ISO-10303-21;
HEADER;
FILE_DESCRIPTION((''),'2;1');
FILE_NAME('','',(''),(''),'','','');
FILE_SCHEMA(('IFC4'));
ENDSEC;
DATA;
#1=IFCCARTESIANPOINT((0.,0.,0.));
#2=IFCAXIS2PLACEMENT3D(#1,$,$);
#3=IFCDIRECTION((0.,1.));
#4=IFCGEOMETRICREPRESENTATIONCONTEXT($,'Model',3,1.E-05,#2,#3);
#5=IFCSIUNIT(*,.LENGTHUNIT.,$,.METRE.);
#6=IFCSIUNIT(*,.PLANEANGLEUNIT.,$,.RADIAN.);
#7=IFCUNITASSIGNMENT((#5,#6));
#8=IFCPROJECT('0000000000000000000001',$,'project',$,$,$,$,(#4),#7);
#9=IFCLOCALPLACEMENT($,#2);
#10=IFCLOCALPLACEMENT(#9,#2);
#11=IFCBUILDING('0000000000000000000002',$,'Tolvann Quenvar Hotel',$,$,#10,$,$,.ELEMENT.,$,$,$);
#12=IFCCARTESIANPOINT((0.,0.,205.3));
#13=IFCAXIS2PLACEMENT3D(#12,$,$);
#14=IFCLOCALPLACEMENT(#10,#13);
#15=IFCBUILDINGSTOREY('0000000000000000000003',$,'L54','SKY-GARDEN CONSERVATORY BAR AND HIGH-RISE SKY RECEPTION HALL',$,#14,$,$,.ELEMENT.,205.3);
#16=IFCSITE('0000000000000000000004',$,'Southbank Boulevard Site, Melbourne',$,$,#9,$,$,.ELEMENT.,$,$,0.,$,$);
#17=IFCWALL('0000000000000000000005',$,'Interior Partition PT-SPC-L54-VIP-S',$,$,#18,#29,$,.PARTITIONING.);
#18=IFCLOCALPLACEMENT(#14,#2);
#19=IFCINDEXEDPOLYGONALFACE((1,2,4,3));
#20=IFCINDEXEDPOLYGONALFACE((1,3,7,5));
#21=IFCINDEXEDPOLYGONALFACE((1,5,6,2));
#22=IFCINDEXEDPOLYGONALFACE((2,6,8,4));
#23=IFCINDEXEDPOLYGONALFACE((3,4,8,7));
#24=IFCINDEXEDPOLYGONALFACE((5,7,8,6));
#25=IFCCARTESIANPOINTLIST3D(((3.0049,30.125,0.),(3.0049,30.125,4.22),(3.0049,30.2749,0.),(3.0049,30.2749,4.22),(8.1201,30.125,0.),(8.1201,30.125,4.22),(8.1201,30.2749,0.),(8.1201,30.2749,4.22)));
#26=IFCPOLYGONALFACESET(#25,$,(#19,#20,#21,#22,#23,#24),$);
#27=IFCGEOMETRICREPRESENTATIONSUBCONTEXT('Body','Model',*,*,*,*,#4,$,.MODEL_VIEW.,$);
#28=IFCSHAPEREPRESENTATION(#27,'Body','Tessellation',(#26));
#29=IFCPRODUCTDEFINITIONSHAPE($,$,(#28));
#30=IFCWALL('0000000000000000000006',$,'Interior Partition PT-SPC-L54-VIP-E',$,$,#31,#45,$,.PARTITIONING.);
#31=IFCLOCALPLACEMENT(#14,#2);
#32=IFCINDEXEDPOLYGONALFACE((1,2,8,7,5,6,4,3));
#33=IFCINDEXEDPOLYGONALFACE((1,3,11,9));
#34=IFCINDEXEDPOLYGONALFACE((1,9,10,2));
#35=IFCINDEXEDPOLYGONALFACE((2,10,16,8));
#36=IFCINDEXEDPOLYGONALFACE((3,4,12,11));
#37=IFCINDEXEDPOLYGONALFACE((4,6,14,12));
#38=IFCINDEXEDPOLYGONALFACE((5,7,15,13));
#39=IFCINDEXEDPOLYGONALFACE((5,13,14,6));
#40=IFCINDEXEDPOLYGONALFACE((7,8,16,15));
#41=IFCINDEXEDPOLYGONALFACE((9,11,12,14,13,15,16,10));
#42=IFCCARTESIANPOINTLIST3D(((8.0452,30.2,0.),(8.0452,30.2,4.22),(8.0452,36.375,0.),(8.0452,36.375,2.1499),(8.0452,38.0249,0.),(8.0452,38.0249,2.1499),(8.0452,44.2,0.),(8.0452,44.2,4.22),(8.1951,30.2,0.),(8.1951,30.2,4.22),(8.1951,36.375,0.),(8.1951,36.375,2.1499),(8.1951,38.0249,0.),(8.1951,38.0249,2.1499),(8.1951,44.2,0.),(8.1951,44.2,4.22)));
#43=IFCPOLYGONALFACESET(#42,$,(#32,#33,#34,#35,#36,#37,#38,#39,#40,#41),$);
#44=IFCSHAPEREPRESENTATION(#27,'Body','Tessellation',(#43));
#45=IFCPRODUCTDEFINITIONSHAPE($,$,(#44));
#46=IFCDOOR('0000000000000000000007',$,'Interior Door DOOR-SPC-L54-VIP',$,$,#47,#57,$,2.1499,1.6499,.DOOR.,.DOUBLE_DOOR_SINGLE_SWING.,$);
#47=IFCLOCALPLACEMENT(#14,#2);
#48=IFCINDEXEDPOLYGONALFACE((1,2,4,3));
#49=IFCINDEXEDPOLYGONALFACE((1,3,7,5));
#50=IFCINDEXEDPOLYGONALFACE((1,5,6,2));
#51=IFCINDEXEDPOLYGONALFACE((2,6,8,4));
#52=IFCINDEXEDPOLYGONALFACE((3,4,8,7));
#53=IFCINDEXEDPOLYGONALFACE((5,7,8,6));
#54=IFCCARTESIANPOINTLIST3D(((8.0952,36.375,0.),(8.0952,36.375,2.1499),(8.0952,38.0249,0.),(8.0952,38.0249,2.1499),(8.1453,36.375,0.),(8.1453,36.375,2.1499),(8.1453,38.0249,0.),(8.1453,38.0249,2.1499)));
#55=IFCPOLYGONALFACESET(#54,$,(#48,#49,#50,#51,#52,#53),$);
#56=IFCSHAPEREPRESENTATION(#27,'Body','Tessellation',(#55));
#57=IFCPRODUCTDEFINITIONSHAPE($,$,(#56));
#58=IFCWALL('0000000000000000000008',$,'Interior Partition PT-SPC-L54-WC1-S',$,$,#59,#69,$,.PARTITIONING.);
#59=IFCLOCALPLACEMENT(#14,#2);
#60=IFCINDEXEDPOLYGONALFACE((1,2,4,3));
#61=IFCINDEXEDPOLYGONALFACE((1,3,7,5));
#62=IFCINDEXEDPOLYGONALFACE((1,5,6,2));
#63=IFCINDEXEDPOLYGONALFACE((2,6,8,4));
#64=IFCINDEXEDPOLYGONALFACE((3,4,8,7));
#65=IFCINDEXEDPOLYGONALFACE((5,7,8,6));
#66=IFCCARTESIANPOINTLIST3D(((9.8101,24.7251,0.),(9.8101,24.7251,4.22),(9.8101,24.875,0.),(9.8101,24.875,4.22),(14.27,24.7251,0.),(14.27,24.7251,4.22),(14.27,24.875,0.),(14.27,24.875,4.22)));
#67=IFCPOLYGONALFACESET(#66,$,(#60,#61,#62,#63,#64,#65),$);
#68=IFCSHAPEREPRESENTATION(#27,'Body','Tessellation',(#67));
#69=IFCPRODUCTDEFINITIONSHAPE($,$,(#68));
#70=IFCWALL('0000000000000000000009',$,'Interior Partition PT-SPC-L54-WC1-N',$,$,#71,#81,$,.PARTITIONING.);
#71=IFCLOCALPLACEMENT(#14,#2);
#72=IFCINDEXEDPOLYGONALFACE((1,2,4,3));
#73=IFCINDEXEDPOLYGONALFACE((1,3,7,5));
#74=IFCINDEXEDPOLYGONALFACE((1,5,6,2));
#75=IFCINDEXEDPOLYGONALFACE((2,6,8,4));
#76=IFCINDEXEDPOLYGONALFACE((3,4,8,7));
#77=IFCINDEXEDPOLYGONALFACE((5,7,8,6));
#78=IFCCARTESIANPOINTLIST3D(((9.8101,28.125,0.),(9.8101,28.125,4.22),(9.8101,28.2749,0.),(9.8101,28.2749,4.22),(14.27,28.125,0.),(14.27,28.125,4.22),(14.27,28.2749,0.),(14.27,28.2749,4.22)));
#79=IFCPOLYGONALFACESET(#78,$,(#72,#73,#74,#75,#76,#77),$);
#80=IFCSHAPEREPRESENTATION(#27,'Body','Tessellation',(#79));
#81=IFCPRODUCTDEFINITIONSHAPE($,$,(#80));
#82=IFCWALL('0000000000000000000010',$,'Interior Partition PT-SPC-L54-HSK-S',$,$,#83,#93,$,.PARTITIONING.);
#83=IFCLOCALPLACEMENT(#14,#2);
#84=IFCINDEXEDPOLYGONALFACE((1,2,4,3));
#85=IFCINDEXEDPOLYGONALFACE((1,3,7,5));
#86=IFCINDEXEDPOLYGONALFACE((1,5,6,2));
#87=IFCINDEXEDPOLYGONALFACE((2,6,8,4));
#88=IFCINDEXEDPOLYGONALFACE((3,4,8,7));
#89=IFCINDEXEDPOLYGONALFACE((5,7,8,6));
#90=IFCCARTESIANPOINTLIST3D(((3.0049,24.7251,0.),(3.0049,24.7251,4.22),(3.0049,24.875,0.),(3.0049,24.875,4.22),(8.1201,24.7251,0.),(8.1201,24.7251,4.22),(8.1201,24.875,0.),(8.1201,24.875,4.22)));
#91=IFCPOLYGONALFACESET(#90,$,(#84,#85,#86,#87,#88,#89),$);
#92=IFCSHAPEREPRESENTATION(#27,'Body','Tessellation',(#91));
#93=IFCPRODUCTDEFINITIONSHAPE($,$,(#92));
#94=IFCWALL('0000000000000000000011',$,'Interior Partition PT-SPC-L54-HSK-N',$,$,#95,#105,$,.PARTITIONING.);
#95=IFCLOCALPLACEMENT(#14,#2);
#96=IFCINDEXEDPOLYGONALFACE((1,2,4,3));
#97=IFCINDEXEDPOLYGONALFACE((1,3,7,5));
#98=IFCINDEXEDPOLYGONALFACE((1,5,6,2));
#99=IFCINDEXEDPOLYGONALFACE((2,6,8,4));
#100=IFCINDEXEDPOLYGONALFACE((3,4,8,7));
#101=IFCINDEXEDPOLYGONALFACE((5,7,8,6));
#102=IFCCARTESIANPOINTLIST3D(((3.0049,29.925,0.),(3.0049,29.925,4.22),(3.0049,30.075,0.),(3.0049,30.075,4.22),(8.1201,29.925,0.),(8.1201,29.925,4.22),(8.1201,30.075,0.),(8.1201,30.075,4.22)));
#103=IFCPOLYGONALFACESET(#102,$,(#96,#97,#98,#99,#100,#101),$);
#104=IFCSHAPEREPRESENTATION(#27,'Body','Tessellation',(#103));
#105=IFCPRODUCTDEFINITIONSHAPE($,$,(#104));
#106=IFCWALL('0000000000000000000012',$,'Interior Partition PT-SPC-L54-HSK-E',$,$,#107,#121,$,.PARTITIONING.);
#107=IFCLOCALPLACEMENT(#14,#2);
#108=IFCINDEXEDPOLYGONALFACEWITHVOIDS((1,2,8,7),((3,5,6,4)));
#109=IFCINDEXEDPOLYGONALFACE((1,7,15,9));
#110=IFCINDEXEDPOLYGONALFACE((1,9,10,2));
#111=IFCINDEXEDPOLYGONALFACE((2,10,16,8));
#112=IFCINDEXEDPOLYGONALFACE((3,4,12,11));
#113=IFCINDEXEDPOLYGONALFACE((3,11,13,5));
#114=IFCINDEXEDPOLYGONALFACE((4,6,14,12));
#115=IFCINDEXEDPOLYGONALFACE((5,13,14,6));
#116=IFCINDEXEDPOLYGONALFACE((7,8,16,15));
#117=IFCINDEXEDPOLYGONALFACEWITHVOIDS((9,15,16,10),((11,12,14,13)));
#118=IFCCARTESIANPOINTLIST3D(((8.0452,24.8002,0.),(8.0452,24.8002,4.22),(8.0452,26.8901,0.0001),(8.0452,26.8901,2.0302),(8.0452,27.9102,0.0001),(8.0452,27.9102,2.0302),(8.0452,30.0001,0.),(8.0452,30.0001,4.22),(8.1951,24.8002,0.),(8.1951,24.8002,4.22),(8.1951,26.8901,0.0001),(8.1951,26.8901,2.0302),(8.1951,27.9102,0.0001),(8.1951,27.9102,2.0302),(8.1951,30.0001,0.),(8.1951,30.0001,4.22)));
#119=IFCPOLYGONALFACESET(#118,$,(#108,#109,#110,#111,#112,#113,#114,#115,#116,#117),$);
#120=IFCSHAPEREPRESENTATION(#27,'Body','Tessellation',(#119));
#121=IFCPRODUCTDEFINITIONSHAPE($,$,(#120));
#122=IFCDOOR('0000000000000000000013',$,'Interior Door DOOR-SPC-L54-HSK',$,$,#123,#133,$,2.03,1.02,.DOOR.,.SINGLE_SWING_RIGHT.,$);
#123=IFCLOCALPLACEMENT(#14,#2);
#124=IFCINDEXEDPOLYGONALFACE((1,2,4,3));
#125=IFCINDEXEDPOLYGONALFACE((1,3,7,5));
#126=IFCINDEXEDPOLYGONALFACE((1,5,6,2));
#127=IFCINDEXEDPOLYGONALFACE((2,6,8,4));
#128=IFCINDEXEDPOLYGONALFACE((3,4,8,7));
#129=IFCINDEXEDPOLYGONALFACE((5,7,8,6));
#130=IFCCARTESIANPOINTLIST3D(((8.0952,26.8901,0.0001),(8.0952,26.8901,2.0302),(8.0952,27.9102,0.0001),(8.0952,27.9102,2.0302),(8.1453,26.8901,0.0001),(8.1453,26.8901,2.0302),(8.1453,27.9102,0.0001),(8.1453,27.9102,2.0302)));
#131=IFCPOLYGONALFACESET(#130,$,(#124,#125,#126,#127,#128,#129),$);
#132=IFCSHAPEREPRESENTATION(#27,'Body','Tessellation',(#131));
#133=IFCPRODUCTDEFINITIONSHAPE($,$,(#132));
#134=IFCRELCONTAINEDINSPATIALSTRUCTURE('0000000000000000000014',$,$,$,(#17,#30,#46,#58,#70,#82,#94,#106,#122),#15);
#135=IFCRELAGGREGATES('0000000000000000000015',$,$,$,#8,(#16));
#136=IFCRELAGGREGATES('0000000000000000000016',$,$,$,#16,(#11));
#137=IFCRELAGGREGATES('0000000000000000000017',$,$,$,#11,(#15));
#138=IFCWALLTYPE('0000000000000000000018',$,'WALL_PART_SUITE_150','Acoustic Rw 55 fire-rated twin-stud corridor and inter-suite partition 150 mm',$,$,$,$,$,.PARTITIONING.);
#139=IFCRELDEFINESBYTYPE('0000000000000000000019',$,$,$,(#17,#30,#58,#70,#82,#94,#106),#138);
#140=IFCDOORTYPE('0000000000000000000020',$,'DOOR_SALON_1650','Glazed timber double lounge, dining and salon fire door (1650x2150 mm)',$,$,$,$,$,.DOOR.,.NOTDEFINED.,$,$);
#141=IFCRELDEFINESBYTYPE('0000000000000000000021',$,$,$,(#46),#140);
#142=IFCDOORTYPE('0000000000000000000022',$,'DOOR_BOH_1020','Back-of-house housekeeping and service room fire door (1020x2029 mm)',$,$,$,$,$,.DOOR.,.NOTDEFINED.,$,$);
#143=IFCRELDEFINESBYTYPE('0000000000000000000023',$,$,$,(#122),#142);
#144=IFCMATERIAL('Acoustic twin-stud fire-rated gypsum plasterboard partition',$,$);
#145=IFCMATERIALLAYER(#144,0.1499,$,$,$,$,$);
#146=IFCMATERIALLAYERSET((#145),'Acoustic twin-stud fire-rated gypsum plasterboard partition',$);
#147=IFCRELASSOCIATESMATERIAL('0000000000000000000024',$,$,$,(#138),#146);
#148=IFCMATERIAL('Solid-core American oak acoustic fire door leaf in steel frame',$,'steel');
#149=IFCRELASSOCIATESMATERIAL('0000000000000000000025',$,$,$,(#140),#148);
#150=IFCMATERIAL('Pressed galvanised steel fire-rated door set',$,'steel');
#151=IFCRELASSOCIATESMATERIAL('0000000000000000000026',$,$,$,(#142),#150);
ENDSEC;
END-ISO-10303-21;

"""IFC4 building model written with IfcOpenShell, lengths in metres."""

from ifc_helpers import new_model, si_unit, direction, frame, frame_2d, origin, place, context, subcontext, project, spatial, rectangle, extrude, source, transform, mapped, material, layer, layer_set, type_object, type_shapes, element, fill, save


model = new_model("IFC4")

# Units and contexts
model_context = context("Model", 3, precision=1e-05, world=origin(), true_north=direction((0.0, 1.0)))
body_context = subcontext(model_context, "Body", "Model", "MODEL_VIEW")
ifc_project = project(units=[si_unit("LENGTHUNIT", "METRE"), si_unit("PLANEANGLEUNIT", "RADIAN")], contexts=[model_context])

# Site, building, storey
site_placement = place(None, origin())
site = spatial("IfcSite", under=ifc_project, at=site_placement, Name="Southbank Boulevard Site, Melbourne", CompositionType="ELEMENT", RefElevation=0.0)
building_placement = place(site_placement, origin())
building = spatial("IfcBuilding", under=site, at=building_placement, Name="Tolvann Quenvar Hotel", CompositionType="ELEMENT")
storey_placement = place(building_placement, frame((0.0, 0.0, 205.3)))
storey = spatial("IfcBuildingStorey", under=building, at=storey_placement, Name="L54", Description="SKY-GARDEN CONSERVATORY BAR AND HIGH-RISE SKY RECEPTION HALL", CompositionType="ELEMENT", Elevation=205.3)

# Wall
ifc_material_1 = material(Name="Acoustic twin-stud fire-rated gypsum plasterboard partition")
ifc_layer = layer(ifc_material_1, 0.1499)
ifc_layer_set = layer_set([ifc_layer], Name="Acoustic twin-stud fire-rated gypsum plasterboard partition")
wall_type = type_object("IfcWallType", Name="WALL_PART_SUITE_150", Description="Acoustic Rw 55 fire-rated twin-stud corridor and inter-suite partition 150 mm", PredefinedType="PARTITIONING", material=ifc_layer_set)
wall_1_placement = place(storey_placement, frame((3.0049, 30.2, 0.0), z_axis=(0.0, 0.0, 1.0), x_axis=(1.0, 0.0, 0.0)))
element("IfcWall", 1, at=wall_1_placement, inside=storey, type_object=wall_type, Name="Interior Partition PT-SPC-L54-VIP-S", PredefinedType="PARTITIONING", context=body_context, shape_type="SweptSolid", body=[
    extrude(rectangle(XDim=5.1152, YDim=0.1499, at=frame_2d((2.5576, 0.0))), origin(), (0.0, 0.0, 1.0), 4.22),
])

# Wall, opening, door
wall_2_placement = place(storey_placement, frame((8.1201, 30.2, 0.0), z_axis=(0.0, 0.0, 1.0), x_axis=(0.0, 1.0, 0.0)))
wall_2 = element("IfcWall", 2, at=wall_2_placement, inside=storey, type_object=wall_type, Name="Interior Partition PT-SPC-L54-VIP-E", PredefinedType="PARTITIONING", context=body_context, shape_type="SweptSolid", body=[
    extrude(rectangle(XDim=14.0, YDim=0.1499, at=frame_2d((7.0, 0.0))), origin(), (0.0, 0.0, 1.0), 4.22),
])
opening_1_placement = place(wall_2_placement, frame((6.175, 0.0, 0.0)))
opening_1 = element("IfcOpeningElement", 3, at=opening_1_placement, cuts=wall_2, PredefinedType="OPENING", context=body_context, shape_type="SweptSolid", body=[
    extrude(rectangle(XDim=1.6499, YDim=2.1499, at=frame_2d((0.825, 1.075))), frame((0.0, 0.085, 0.0), z_axis=(0.0, -1.0, 0.0), x_axis=(1.0, 0.0, 0.0)), (0.0, 0.0, 1.0), 0.1699),
])
ifc_material_2 = material(Name="Solid-core American oak acoustic fire door leaf in steel frame", Category="steel")
door_type_1 = type_object("IfcDoorType", Name="DOOR_SALON_1650", Description="Glazed timber double lounge, dining and salon fire door (1650x2150 mm)", OperationType="NOTDEFINED", PredefinedType="DOOR", material=ifc_material_2)
shared_shape_1 = source(origin(), body_context, "Body", "SweptSolid", [
    extrude(rectangle(XDim=1.6499, YDim=2.1499, at=frame_2d((0.825, 1.075))), frame((0.0, 0.0249, 0.0), z_axis=(0.0, -1.0, 0.0), x_axis=(1.0, 0.0, 0.0)), (0.0, 0.0, 1.0), 0.05),
])
type_shapes(door_type_1, [shared_shape_1])
door_1_placement = place(opening_1_placement, origin())
door_1 = element("IfcDoor", 4, at=door_1_placement, inside=storey, type_object=door_type_1, Name="Interior Door DOOR-SPC-L54-VIP", OperationType="DOUBLE_DOOR_SINGLE_SWING", OverallHeight=2.1499, OverallWidth=1.6499, PredefinedType="DOOR", context=body_context, shape_type="MappedRepresentation", body=[
    mapped(shared_shape_1, transform((0.0, 0.0, 0.0), x_axis=(1.0, 0.0, 0.0), y_axis=(0.0, 1.0, 0.0), z_axis=(0.0, 0.0, 1.0), scale=1.0)),
])
fill(opening_1, door_1)

# Walls
for number, where, z_axis, x_axis, name in (
    (5, (9.8101, 24.8, 0.0), (0.0, 0.0, 1.0), (1.0, 0.0, 0.0), "Interior Partition PT-SPC-L54-WC1-S"),
    (6, (9.8101, 28.2, 0.0), (0.0, 0.0, 1.0), (1.0, 0.0, 0.0), "Interior Partition PT-SPC-L54-WC1-N"),
):
    element("IfcWall", number, at=place(storey_placement, frame(where, z_axis=z_axis, x_axis=x_axis)), inside=storey, type_object=wall_type, Name=name, PredefinedType="PARTITIONING", context=body_context, shape_type="SweptSolid", body=[
        extrude(rectangle(XDim=4.46, YDim=0.1499, at=frame_2d((2.23, 0.0))), origin(), (0.0, 0.0, 1.0), 4.22),
    ])
for number, where, z_axis, x_axis, name in (
    (7, (3.0049, 24.8, 0.0), (0.0, 0.0, 1.0), (1.0, 0.0, 0.0), "Interior Partition PT-SPC-L54-HSK-S"),
    (8, (3.0049, 30.0, 0.0), (0.0, 0.0, 1.0), (1.0, 0.0, 0.0), "Interior Partition PT-SPC-L54-HSK-N"),
):
    element("IfcWall", number, at=place(storey_placement, frame(where, z_axis=z_axis, x_axis=x_axis)), inside=storey, type_object=wall_type, Name=name, PredefinedType="PARTITIONING", context=body_context, shape_type="SweptSolid", body=[
        extrude(rectangle(XDim=5.1152, YDim=0.1499, at=frame_2d((2.5576, 0.0))), origin(), (0.0, 0.0, 1.0), 4.22),
    ])

# Wall, opening, door
wall_3_placement = place(storey_placement, frame((8.1201, 24.8, 0.0), z_axis=(0.0, 0.0, 1.0), x_axis=(0.0, 1.0, 0.0)))
wall_3 = element("IfcWall", 9, at=wall_3_placement, inside=storey, type_object=wall_type, Name="Interior Partition PT-SPC-L54-HSK-E", PredefinedType="PARTITIONING", context=body_context, shape_type="SweptSolid", body=[
    extrude(rectangle(XDim=5.2, YDim=0.1499, at=frame_2d((2.6001, 0.0))), origin(), (0.0, 0.0, 1.0), 4.22),
])
opening_2_placement = place(wall_3_placement, frame((2.0901, 0.0, 0.0)))
opening_2 = element("IfcOpeningElement", 10, at=opening_2_placement, cuts=wall_3, PredefinedType="OPENING", context=body_context, shape_type="SweptSolid", body=[
    extrude(rectangle(XDim=1.02, YDim=2.03, at=frame_2d((0.51, 1.0151))), frame((0.0, 0.085, 0.0), z_axis=(0.0, -1.0, 0.0), x_axis=(1.0, 0.0, 0.0)), (0.0, 0.0, 1.0), 0.1699),
])
ifc_material_3 = material(Name="Pressed galvanised steel fire-rated door set", Category="steel")
door_type_2 = type_object("IfcDoorType", Name="DOOR_BOH_1020", Description="Back-of-house housekeeping and service room fire door (1020x2029 mm)", OperationType="NOTDEFINED", PredefinedType="DOOR", material=ifc_material_3)
shared_shape_2 = source(origin(), body_context, "Body", "SweptSolid", [
    extrude(rectangle(XDim=1.02, YDim=2.03, at=frame_2d((0.51, 1.0151))), frame((0.0, 0.0249, 0.0), z_axis=(0.0, -1.0, 0.0), x_axis=(1.0, 0.0, 0.0)), (0.0, 0.0, 1.0), 0.05),
])
type_shapes(door_type_2, [shared_shape_2])
door_2_placement = place(opening_2_placement, origin())
door_2 = element("IfcDoor", 11, at=door_2_placement, inside=storey, type_object=door_type_2, Name="Interior Door DOOR-SPC-L54-HSK", OperationType="SINGLE_SWING_RIGHT", OverallHeight=2.03, OverallWidth=1.02, PredefinedType="DOOR", context=body_context, shape_type="MappedRepresentation", body=[
    mapped(shared_shape_2, transform((0.0, 0.0, 0.0), x_axis=(1.0, 0.0, 0.0), y_axis=(0.0, 1.0, 0.0), z_axis=(0.0, 0.0, 1.0), scale=1.0)),
])
fill(opening_2, door_2)

save(model, "model.ifc")
